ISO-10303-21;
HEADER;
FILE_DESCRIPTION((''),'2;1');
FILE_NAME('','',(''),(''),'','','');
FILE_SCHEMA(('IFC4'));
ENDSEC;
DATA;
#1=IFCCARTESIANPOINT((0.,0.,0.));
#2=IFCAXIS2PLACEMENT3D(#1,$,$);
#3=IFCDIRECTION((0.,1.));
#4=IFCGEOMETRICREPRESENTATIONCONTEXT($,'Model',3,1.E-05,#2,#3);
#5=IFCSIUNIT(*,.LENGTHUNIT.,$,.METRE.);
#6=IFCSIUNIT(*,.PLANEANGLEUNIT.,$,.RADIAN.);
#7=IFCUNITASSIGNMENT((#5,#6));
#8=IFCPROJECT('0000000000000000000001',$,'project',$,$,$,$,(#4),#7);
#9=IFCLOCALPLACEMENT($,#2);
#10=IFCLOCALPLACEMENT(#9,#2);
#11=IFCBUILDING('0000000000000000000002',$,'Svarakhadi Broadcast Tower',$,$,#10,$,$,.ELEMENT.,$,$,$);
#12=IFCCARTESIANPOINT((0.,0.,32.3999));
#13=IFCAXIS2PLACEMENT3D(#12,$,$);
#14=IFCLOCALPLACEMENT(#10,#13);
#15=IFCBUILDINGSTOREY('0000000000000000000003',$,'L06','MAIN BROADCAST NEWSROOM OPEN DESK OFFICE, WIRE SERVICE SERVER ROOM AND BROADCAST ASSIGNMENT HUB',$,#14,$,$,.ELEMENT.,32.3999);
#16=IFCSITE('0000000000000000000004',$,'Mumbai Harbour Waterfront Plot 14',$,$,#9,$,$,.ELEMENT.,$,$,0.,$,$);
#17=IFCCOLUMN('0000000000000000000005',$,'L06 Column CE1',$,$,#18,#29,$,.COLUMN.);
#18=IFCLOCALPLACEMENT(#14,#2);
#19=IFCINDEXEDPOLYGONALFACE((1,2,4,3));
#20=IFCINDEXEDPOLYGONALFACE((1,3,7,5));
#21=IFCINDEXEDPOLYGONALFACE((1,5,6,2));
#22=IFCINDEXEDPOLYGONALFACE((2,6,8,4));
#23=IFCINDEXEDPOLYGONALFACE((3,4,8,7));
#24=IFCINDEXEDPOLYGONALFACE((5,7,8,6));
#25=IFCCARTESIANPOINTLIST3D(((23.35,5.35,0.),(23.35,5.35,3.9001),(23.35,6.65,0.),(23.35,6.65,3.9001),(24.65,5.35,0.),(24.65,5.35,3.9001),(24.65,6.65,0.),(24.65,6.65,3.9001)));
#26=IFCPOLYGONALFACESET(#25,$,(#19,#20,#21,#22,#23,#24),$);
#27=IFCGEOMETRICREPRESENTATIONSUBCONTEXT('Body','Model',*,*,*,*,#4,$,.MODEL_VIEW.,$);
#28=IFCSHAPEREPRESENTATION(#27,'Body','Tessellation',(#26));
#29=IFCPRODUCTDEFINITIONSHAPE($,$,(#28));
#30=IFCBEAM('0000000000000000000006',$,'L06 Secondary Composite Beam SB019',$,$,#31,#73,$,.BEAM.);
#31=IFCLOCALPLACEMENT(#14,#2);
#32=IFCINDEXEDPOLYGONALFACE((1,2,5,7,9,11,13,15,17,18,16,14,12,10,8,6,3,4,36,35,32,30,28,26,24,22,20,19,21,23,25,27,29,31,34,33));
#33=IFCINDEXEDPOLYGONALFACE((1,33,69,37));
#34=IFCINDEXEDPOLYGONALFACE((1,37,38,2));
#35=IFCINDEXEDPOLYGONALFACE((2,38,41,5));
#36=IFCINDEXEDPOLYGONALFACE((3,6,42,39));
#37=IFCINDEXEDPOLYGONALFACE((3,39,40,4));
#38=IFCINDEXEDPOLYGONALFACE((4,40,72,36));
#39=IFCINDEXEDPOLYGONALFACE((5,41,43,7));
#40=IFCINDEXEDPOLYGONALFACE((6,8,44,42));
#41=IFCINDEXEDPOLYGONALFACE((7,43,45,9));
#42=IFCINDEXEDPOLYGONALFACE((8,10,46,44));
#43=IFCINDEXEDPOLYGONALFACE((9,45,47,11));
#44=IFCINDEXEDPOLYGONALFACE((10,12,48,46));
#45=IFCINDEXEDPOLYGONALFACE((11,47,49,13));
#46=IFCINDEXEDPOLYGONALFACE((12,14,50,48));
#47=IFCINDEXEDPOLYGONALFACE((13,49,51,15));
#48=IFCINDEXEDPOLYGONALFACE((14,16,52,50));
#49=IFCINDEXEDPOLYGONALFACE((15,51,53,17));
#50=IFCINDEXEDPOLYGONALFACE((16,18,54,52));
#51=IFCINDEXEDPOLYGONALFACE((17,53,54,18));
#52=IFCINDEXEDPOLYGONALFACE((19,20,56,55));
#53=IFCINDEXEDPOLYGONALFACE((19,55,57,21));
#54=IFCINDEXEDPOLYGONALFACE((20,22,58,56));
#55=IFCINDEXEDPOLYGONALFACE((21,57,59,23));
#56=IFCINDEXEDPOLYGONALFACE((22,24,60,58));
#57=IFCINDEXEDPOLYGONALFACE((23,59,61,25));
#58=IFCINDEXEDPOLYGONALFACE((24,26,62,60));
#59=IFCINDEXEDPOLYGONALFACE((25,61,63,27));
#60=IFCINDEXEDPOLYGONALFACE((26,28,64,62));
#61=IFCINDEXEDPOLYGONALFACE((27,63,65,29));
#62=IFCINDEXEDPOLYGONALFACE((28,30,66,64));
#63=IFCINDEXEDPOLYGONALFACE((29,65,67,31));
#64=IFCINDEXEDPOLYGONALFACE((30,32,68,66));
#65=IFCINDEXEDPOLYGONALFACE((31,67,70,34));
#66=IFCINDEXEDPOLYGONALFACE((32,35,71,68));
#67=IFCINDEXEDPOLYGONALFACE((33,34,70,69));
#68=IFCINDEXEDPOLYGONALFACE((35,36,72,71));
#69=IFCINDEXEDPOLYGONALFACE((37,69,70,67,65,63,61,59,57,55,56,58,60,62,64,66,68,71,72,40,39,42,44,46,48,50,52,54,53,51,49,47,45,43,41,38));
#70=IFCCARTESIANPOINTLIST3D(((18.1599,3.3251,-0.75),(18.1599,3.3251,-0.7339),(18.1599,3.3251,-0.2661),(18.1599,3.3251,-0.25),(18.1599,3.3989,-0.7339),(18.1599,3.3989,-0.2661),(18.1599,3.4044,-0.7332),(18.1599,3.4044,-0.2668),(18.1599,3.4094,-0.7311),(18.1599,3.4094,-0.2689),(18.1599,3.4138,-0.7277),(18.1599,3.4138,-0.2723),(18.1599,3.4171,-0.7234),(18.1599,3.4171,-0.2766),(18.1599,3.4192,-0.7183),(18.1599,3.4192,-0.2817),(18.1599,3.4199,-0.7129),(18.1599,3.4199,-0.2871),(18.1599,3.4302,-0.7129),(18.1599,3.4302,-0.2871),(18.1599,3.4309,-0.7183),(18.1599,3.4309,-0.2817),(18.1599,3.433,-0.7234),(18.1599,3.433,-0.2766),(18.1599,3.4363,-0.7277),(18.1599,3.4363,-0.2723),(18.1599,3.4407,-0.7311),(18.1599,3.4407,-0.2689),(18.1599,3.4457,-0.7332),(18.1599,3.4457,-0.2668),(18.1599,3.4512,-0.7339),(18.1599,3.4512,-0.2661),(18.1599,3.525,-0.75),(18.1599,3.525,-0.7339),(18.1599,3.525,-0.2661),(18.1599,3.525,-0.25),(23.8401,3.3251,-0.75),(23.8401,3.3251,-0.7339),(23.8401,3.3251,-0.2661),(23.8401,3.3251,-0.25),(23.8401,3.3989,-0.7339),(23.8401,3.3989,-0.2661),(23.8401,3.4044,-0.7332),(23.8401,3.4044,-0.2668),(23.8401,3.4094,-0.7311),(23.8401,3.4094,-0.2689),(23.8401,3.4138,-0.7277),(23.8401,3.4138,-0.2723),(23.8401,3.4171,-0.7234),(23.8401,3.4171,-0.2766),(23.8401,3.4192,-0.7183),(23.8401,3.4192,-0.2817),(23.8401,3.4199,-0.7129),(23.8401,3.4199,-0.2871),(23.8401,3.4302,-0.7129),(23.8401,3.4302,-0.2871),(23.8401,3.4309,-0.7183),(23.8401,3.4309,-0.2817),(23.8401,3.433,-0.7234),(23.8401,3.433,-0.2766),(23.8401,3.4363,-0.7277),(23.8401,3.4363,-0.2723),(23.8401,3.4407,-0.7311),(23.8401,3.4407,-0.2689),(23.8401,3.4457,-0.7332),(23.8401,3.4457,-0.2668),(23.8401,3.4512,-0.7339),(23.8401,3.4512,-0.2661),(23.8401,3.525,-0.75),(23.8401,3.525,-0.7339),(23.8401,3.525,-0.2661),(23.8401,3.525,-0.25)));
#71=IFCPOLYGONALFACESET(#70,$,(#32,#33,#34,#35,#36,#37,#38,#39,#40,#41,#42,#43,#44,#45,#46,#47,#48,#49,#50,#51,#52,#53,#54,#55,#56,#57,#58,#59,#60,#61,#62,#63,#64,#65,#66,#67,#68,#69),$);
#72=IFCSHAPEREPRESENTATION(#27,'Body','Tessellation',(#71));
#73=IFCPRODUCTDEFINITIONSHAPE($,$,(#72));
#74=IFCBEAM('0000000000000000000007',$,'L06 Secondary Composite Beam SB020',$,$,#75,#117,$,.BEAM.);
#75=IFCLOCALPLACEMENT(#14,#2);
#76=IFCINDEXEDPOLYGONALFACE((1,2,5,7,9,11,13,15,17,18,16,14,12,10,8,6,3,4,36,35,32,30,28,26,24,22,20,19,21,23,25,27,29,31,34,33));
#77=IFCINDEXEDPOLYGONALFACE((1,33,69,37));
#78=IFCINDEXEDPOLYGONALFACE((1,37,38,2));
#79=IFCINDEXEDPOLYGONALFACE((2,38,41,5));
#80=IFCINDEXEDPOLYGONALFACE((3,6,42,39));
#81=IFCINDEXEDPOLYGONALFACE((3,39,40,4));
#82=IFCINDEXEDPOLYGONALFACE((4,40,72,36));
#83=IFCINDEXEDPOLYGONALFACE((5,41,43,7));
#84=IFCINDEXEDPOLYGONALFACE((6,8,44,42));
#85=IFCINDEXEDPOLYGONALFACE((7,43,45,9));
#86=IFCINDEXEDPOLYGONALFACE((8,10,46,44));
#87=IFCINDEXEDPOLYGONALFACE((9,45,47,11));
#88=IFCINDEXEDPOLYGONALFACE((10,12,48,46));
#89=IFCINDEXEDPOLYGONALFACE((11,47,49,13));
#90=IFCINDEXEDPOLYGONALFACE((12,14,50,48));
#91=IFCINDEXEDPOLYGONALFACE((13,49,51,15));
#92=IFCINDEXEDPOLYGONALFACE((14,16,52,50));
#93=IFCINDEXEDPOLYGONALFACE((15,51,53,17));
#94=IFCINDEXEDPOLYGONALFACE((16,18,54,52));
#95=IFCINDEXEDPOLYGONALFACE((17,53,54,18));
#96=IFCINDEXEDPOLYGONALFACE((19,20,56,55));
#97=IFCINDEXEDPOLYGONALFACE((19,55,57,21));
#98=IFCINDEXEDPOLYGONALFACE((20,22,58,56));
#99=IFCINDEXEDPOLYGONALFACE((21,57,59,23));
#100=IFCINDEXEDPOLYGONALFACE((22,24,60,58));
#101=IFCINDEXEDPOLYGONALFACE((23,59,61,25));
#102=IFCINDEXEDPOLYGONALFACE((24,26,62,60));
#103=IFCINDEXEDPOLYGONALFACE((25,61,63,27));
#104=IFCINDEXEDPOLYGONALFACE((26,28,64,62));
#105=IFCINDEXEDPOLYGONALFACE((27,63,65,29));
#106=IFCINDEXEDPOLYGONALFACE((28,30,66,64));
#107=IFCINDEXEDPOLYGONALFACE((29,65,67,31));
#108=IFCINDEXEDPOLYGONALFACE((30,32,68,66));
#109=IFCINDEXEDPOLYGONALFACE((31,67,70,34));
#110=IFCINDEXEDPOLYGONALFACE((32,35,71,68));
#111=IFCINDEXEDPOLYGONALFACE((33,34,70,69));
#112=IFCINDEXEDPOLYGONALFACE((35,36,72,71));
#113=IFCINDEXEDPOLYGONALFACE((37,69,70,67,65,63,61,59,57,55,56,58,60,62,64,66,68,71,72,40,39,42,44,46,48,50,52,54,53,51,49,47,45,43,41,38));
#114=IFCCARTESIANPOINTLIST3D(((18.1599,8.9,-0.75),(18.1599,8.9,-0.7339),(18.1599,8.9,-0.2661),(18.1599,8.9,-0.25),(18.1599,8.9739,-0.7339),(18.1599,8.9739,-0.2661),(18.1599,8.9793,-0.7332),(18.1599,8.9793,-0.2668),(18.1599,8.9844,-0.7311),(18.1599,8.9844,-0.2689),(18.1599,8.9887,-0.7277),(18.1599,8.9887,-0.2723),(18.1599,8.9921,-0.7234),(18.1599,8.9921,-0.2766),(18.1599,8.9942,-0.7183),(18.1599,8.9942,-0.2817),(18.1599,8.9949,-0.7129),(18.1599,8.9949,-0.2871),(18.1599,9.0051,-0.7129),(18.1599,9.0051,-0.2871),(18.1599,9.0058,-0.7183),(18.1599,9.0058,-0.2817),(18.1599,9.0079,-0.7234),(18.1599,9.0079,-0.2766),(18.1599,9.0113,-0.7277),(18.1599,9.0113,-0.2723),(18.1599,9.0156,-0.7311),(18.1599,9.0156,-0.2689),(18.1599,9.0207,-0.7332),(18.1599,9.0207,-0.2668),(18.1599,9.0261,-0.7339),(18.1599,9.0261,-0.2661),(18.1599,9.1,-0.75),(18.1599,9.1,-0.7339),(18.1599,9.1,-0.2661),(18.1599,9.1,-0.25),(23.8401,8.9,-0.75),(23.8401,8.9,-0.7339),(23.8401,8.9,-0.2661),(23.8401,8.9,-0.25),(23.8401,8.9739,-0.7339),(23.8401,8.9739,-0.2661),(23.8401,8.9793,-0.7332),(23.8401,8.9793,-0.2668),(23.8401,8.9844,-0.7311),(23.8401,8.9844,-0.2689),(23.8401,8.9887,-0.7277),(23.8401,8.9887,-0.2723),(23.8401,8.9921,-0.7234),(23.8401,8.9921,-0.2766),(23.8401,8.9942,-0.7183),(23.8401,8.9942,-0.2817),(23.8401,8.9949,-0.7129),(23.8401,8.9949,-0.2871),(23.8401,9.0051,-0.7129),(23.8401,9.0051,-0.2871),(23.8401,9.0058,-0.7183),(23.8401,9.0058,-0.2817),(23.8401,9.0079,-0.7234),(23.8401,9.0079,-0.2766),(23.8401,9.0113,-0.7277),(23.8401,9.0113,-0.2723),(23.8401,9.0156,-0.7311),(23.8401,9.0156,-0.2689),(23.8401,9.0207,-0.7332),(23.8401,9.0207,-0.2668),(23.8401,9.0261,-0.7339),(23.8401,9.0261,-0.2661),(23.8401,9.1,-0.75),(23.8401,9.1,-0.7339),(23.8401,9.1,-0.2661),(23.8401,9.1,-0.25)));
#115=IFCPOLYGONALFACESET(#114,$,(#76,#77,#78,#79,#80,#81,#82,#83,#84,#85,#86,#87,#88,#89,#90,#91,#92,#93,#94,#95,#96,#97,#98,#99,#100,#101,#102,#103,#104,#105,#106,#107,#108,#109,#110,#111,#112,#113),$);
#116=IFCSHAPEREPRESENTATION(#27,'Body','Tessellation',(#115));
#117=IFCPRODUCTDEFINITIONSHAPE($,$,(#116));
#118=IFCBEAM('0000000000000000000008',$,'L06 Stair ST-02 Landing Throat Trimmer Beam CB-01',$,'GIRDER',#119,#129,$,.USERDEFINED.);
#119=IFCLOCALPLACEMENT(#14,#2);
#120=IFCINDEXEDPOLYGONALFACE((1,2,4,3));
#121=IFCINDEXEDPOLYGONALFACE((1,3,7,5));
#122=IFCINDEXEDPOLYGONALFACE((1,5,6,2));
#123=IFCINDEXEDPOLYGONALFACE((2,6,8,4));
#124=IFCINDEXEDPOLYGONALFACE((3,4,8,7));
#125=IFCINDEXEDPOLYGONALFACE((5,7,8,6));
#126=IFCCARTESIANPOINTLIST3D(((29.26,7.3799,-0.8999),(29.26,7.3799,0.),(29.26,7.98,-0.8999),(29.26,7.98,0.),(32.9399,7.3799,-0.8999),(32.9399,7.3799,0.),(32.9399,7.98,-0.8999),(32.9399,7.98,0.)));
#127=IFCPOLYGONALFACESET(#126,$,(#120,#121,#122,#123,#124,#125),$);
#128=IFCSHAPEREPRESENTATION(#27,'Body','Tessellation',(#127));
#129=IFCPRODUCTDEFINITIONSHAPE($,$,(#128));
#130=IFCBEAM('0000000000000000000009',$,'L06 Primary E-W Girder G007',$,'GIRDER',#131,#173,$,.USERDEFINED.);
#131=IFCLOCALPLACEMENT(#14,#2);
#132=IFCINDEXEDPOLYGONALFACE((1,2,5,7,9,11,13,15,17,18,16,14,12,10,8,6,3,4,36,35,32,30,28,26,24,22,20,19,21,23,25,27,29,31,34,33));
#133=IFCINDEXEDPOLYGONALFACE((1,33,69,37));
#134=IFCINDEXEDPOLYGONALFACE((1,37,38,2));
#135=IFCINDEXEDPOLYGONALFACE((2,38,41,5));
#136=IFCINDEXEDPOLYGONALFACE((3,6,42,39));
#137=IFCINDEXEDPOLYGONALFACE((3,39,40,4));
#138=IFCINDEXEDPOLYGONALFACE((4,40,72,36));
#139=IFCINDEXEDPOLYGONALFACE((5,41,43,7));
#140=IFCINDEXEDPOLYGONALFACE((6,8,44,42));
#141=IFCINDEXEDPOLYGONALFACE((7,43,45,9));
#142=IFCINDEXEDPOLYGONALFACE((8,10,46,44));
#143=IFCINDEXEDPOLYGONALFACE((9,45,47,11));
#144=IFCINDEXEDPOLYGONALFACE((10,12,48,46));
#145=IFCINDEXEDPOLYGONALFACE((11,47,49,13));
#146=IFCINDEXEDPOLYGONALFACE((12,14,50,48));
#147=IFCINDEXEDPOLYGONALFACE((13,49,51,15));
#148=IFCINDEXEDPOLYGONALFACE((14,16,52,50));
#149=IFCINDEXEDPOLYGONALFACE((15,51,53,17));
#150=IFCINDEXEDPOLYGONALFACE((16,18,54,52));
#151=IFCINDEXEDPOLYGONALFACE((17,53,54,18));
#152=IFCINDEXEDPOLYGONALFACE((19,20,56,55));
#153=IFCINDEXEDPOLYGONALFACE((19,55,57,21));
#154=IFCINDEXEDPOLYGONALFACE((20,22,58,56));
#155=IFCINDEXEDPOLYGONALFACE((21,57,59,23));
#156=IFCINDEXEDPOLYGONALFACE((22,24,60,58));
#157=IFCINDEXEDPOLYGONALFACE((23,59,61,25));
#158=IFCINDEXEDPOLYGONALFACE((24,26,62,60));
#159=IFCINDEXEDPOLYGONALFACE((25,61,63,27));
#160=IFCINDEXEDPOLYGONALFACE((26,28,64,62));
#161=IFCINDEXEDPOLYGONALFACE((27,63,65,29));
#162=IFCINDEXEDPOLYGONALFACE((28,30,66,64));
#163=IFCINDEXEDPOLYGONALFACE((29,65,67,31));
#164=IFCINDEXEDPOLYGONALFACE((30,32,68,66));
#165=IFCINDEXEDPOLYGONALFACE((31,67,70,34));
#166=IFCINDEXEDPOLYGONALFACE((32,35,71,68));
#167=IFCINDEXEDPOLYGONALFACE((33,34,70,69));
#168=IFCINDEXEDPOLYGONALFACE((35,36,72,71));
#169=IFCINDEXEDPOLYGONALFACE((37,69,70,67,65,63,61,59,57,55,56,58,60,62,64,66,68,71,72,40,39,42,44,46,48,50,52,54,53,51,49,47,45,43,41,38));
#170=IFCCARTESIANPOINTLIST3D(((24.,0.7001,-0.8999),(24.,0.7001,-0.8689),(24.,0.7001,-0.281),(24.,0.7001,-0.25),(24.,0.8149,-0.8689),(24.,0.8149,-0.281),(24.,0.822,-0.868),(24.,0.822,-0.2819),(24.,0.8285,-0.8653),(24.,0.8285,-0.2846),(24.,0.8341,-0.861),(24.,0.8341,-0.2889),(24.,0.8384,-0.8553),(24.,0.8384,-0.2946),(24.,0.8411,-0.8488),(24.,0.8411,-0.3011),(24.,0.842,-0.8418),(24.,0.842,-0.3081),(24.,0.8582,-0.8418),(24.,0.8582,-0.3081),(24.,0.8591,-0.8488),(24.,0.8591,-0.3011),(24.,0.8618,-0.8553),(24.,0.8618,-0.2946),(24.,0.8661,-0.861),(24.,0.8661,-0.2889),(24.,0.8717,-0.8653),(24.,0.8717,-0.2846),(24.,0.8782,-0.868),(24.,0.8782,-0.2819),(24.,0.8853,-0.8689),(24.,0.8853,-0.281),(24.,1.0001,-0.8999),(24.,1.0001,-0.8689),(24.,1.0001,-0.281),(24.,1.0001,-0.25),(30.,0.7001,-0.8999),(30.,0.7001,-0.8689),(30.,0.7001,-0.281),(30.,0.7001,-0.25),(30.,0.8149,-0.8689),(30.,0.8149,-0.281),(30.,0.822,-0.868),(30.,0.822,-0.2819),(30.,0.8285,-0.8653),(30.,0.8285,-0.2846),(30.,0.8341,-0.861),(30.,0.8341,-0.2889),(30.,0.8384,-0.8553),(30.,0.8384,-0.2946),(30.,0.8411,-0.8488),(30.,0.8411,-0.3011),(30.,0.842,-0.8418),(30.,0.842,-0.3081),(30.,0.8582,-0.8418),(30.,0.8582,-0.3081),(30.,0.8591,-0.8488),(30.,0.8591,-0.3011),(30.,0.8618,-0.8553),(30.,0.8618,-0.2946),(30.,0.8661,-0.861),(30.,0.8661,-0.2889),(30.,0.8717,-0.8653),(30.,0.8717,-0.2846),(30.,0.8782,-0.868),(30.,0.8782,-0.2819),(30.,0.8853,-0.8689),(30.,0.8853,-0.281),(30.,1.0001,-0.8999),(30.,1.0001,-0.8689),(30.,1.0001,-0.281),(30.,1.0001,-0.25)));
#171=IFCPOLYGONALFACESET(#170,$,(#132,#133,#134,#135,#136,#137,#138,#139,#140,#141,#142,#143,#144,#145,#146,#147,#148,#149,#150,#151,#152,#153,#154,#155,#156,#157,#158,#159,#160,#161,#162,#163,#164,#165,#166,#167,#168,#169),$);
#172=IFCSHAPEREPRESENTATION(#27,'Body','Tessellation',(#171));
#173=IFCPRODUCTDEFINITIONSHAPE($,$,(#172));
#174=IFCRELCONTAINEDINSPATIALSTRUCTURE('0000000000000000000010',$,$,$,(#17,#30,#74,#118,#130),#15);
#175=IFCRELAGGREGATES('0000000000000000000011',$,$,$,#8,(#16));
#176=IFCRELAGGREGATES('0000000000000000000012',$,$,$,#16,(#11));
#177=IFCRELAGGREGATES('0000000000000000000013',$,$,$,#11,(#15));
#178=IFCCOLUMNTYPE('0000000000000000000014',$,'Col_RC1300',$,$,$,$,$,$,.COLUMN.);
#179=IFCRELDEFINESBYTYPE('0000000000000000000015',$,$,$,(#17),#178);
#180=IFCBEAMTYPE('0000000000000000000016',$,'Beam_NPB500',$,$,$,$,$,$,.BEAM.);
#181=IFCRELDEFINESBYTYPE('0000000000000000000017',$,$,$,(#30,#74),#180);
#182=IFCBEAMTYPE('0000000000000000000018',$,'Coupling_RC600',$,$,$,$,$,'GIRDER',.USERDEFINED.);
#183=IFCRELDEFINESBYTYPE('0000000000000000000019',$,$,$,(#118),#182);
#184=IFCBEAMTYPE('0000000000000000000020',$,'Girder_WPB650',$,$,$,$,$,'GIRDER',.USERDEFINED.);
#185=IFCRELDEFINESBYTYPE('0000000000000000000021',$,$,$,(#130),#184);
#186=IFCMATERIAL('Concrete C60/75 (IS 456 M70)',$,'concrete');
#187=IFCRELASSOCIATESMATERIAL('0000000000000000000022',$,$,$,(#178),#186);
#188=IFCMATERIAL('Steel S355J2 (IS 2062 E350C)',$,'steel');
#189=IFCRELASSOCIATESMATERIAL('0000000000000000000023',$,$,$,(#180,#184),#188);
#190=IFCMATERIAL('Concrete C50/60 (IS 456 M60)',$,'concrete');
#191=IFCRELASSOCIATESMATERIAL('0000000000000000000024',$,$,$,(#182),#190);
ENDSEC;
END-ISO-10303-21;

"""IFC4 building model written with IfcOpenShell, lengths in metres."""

from ifc_helpers import new_model, si_unit, direction, frame, origin, origin_2d, place, context, subcontext, project, spatial, rectangle, i_section, extrude, material, material_profile, profile_set, type_object, element, save


model = new_model("IFC4")

# Units and contexts
model_context = context("Model", 3, precision=1e-05, world=origin(), true_north=direction((0.0, 1.0)))
body_context = subcontext(model_context, "Body", "Model", "MODEL_VIEW")
ifc_project = project(units=[si_unit("LENGTHUNIT", "METRE"), si_unit("PLANEANGLEUNIT", "RADIAN")], contexts=[model_context])

# Site, building, storey
site_placement = place(None, origin())
site = spatial("IfcSite", under=ifc_project, at=site_placement, Name="Mumbai Harbour Waterfront Plot 14", CompositionType="ELEMENT", RefElevation=0.0)
building_placement = place(site_placement, origin())
building = spatial("IfcBuilding", under=site, at=building_placement, Name="Svarakhadi Broadcast Tower", CompositionType="ELEMENT")
storey_placement = place(building_placement, frame((0.0, 0.0, 32.3999)))
storey = spatial("IfcBuildingStorey", under=building, at=storey_placement, Name="L06", Description="MAIN BROADCAST NEWSROOM OPEN DESK OFFICE, WIRE SERVICE SERVER ROOM AND BROADCAST ASSIGNMENT HUB", CompositionType="ELEMENT", Elevation=32.3999)

# Column
ifc_material_1 = material(Name="Concrete C60/75 (IS 456 M70)", Category="concrete")
ifc_material_profile_1 = material_profile(ifc_material_1, rectangle(XDim=1.3, YDim=1.3, at=origin_2d()), Name="RC 1300x1300")
ifc_profile_set_1 = profile_set([ifc_material_profile_1], Name="Concrete C60/75 (IS 456 M70)")
column_type = type_object("IfcColumnType", Name="Col_RC1300", PredefinedType="COLUMN", material=ifc_profile_set_1)
column_placement = place(storey_placement, frame((24.0, 6.0, 0.0), z_axis=(0.0, 0.0, 1.0), x_axis=(1.0, 0.0, 0.0)))
element("IfcColumn", 1, at=column_placement, inside=storey, type_object=column_type, Name="L06 Column CE1", PredefinedType="COLUMN", context=body_context, shape_type="SweptSolid", body=[
    extrude(rectangle(XDim=1.3, YDim=1.3, at=origin_2d()), origin(), (0.0, 0.0, 1.0), 3.9001),
])

# Beams
ifc_material_2 = material(Name="Steel S355J2 (IS 2062 E350C)", Category="steel")
ifc_material_profile_2 = material_profile(ifc_material_2, i_section(OverallWidth=0.2, OverallDepth=0.5, WebThickness=0.0103, FlangeThickness=0.0161, FilletRadius=0.021, at=origin_2d()), Name="NPB 500x200x91")
ifc_profile_set_2 = profile_set([ifc_material_profile_2], Name="Steel S355J2 (IS 2062 E350C)")
beam_type_1 = type_object("IfcBeamType", Name="Beam_NPB500", PredefinedType="BEAM", material=ifc_profile_set_2)
for number, where, z_axis, x_axis, name in (
    (2, (18.1599, 3.425, -0.5), (1.0, 0.0, 0.0), (0.0, 1.0, 0.0), "L06 Secondary Composite Beam SB019"),
    (3, (18.1599, 9.0, -0.5), (1.0, 0.0, 0.0), (0.0, 1.0, 0.0), "L06 Secondary Composite Beam SB020"),
):
    element("IfcBeam", number, at=place(storey_placement, frame(where, z_axis=z_axis, x_axis=x_axis)), inside=storey, type_object=beam_type_1, Name=name, PredefinedType="BEAM", context=body_context, shape_type="SweptSolid", body=[
        extrude(i_section(OverallWidth=0.2, OverallDepth=0.5, WebThickness=0.0103, FlangeThickness=0.0161, FilletRadius=0.021, at=origin_2d()), origin(), (0.0, 0.0, 1.0), 5.6802),
    ])
ifc_material_3 = material(Name="Concrete C50/60 (IS 456 M60)", Category="concrete")
ifc_material_profile_3 = material_profile(ifc_material_3, rectangle(XDim=0.6001, YDim=0.8999, at=origin_2d()), Name="RC 600x900")
ifc_profile_set_3 = profile_set([ifc_material_profile_3], Name="Concrete C50/60 (IS 456 M60)")
beam_type_2 = type_object("IfcBeamType", Name="Coupling_RC600", ElementType="GIRDER", PredefinedType="USERDEFINED", material=ifc_profile_set_3)
beam_1_placement = place(storey_placement, frame((29.26, 7.6799, -0.45), z_axis=(1.0, 0.0, 0.0), x_axis=(0.0, 1.0, 0.0)))
element("IfcBeam", 4, at=beam_1_placement, inside=storey, type_object=beam_type_2, Name="L06 Stair ST-02 Landing Throat Trimmer Beam CB-01", ObjectType="GIRDER", PredefinedType="USERDEFINED", context=body_context, shape_type="SweptSolid", body=[
    extrude(rectangle(XDim=0.6001, YDim=0.8999, at=origin_2d()), origin(), (0.0, 0.0, 1.0), 3.6799),
])
ifc_material_profile_4 = material_profile(ifc_material_2, i_section(OverallWidth=0.3, OverallDepth=0.6499, WebThickness=0.0161, FlangeThickness=0.031, FilletRadius=0.0271, at=origin_2d()), Name="WPB 650x300x225")
ifc_profile_set_4 = profile_set([ifc_material_profile_4], Name="Steel S355J2 (IS 2062 E350C)")
beam_type_3 = type_object("IfcBeamType", Name="Girder_WPB650", ElementType="GIRDER", PredefinedType="USERDEFINED", material=ifc_profile_set_4)
beam_2_placement = place(storey_placement, frame((24.0, 0.8501, -0.575), z_axis=(1.0, 0.0, 0.0), x_axis=(0.0, 1.0, 0.0)))
element("IfcBeam", 5, at=beam_2_placement, inside=storey, type_object=beam_type_3, Name="L06 Primary E-W Girder G007", ObjectType="GIRDER", PredefinedType="USERDEFINED", context=body_context, shape_type="SweptSolid", body=[
    extrude(i_section(OverallWidth=0.3, OverallDepth=0.6499, WebThickness=0.0161, FlangeThickness=0.031, FilletRadius=0.0271, at=origin_2d()), origin(), (0.0, 0.0, 1.0), 6.0),
])

save(model, "model.ifc")
